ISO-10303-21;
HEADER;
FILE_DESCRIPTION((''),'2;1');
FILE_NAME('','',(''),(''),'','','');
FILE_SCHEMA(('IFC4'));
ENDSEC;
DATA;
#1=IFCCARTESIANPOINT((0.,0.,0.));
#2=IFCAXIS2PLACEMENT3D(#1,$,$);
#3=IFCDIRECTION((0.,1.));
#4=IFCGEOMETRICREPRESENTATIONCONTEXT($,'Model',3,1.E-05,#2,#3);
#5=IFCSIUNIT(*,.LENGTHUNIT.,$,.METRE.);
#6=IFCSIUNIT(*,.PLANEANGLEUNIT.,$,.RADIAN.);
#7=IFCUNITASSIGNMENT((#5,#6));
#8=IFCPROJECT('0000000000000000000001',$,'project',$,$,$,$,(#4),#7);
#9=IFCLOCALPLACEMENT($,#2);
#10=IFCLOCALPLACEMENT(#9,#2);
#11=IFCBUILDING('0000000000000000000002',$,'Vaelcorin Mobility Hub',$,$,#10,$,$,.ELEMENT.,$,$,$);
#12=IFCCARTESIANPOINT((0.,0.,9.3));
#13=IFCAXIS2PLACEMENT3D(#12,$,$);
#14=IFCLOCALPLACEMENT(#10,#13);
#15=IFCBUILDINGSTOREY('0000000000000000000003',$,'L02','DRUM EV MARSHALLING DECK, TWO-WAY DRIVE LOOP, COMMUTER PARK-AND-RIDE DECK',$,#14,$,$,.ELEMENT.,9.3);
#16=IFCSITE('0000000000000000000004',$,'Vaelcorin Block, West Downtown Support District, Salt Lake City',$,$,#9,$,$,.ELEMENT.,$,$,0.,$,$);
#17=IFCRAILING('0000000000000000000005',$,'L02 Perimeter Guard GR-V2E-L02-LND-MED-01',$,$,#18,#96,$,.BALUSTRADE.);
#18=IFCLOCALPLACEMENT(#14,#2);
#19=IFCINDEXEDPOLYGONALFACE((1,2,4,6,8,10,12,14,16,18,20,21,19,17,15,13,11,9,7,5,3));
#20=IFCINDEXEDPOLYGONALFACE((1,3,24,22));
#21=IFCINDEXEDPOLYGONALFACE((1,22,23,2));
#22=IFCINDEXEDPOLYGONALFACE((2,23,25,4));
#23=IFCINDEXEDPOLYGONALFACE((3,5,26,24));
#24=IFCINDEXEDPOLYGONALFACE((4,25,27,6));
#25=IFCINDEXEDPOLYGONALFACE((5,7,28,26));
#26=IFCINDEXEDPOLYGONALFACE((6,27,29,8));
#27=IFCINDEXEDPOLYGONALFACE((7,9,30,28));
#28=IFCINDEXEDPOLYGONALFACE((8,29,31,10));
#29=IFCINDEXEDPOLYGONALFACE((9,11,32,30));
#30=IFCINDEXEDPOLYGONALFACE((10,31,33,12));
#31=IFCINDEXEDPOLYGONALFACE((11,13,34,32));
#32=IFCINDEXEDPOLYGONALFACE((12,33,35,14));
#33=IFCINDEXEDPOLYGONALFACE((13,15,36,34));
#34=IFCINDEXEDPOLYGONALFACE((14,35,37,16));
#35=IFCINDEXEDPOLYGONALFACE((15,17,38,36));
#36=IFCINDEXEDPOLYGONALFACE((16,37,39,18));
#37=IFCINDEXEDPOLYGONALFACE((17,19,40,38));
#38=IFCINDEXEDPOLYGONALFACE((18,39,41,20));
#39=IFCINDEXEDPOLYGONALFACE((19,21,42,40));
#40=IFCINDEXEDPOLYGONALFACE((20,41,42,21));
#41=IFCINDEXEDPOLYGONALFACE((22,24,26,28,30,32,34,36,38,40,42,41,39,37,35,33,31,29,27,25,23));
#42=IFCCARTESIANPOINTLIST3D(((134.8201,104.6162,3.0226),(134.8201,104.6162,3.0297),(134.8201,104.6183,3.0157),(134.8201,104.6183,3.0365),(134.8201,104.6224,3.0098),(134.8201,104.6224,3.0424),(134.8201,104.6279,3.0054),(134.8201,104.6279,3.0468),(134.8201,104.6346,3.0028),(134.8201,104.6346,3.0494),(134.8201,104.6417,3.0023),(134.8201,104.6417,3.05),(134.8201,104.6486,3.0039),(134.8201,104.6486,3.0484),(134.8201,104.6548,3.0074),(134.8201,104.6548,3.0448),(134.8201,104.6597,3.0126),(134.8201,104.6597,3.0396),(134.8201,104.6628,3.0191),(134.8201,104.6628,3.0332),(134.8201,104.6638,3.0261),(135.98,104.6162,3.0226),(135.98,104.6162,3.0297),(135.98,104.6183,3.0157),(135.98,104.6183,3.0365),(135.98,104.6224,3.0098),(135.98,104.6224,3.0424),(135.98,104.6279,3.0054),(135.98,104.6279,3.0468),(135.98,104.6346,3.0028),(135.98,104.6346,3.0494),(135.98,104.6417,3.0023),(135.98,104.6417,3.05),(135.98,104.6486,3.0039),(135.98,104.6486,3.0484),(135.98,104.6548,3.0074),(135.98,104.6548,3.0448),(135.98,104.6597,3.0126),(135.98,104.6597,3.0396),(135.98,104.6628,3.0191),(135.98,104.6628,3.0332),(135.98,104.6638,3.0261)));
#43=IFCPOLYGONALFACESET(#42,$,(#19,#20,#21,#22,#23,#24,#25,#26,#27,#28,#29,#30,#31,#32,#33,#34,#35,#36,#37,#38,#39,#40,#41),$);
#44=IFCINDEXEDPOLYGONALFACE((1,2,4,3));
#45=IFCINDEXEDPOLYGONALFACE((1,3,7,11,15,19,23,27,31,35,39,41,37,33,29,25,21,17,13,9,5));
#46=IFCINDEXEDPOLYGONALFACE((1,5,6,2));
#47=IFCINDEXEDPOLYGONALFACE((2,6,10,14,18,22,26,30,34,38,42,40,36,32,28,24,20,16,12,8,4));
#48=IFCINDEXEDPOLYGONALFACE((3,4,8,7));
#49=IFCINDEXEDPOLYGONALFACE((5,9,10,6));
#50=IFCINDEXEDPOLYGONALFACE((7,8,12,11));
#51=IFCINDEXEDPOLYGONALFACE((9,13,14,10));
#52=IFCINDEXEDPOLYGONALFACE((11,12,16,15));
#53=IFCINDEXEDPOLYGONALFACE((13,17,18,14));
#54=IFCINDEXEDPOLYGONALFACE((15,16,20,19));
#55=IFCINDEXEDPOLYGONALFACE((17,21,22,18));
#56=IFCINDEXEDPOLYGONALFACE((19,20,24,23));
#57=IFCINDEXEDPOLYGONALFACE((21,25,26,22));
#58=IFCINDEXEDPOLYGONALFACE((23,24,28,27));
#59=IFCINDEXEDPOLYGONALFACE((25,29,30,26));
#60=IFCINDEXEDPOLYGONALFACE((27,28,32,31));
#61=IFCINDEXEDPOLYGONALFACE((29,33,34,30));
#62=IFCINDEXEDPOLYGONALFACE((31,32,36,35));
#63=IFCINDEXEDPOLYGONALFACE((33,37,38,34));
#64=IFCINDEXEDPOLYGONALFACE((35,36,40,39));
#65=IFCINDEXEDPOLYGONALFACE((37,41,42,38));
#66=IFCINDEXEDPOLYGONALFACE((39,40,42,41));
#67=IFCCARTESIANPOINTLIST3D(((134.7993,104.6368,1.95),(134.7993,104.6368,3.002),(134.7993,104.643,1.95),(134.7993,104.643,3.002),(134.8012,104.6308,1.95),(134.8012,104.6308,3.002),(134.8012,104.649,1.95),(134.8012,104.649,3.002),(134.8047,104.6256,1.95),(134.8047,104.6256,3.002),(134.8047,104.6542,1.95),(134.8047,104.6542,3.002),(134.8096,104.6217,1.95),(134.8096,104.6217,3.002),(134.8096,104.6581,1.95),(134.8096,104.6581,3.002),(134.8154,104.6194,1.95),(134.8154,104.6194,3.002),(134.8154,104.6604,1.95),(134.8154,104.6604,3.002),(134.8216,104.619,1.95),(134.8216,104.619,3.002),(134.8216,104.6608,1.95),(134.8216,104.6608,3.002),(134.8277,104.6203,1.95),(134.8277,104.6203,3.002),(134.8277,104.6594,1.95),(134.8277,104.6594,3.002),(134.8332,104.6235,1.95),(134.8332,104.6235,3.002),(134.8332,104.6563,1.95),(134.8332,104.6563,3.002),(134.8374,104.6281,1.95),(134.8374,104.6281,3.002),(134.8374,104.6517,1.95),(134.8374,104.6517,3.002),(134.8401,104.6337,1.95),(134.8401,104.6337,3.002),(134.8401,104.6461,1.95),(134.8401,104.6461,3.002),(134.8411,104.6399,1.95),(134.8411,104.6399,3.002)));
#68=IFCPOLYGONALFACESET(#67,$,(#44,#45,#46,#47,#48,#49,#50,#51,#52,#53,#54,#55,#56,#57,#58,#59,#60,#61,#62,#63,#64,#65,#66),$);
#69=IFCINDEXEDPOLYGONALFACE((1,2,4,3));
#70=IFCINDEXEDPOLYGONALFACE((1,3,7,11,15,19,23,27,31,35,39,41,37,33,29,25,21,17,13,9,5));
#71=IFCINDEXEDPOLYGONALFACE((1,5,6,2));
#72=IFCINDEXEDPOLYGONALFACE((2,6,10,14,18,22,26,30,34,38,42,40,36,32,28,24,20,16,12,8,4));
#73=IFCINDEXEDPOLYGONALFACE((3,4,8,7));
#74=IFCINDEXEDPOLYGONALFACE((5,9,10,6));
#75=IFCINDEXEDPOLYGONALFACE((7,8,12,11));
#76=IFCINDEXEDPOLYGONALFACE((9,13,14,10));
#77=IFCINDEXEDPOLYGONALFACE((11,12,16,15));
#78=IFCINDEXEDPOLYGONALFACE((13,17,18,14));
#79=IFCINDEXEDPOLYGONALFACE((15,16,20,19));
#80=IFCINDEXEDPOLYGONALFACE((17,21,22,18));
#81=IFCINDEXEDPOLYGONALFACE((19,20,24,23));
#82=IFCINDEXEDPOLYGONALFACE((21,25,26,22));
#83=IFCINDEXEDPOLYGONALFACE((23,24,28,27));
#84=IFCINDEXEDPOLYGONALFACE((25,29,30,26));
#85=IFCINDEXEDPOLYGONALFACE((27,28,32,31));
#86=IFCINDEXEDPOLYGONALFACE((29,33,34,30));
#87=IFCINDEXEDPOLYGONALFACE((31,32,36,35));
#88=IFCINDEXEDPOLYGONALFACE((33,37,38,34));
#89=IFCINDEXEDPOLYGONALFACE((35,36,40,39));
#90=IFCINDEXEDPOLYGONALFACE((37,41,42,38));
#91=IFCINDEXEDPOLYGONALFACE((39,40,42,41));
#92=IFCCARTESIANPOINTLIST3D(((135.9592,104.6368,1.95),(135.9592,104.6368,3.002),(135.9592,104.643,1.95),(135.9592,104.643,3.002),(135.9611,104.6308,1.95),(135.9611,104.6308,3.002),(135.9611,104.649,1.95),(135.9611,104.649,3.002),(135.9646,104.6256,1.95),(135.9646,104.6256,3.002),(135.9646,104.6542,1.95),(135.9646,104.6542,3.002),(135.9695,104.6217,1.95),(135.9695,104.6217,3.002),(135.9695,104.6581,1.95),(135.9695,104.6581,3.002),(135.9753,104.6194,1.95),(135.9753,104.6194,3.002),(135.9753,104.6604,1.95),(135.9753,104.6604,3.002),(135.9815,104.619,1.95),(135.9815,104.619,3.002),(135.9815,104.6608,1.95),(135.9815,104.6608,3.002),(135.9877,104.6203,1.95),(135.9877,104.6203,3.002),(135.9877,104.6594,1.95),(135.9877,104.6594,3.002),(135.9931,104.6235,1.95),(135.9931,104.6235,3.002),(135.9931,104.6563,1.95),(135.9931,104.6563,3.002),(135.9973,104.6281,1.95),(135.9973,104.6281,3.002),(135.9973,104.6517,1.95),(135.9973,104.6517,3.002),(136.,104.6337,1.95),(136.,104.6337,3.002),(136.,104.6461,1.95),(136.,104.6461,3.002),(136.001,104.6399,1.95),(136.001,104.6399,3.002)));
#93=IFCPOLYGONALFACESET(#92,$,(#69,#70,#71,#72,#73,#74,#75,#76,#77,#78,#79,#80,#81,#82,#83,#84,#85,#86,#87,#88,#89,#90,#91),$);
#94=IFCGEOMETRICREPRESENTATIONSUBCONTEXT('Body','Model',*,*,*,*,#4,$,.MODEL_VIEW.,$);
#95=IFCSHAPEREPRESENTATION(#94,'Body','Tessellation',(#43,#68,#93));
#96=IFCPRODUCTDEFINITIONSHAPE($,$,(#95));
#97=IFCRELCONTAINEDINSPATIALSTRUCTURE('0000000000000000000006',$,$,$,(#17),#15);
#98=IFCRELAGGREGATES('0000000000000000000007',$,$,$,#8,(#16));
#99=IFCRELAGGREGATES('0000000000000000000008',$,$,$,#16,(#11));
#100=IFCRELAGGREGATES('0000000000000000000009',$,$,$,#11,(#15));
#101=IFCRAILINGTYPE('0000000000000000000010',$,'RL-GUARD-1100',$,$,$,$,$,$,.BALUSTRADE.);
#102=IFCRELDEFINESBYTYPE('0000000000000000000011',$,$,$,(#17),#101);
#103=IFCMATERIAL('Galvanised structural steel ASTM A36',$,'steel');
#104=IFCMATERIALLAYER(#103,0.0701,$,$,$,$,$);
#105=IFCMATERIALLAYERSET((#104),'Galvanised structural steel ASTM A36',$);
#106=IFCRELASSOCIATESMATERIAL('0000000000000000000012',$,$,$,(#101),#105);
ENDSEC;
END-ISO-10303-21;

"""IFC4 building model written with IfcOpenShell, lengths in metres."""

from ifc_helpers import new_model, si_unit, direction, frame, origin, origin_2d, place, context, subcontext, project, spatial, circle, extrude, material, layer, layer_set, type_object, element, save


model = new_model("IFC4")

# Units and contexts
model_context = context("Model", 3, precision=1e-05, world=origin(), true_north=direction((0.0, 1.0)))
body_context = subcontext(model_context, "Body", "Model", "MODEL_VIEW")
ifc_project = project(units=[si_unit("LENGTHUNIT", "METRE"), si_unit("PLANEANGLEUNIT", "RADIAN")], contexts=[model_context])

# Site, building, storey
site_placement = place(None, origin())
site = spatial("IfcSite", under=ifc_project, at=site_placement, Name="Vaelcorin Block, West Downtown Support District, Salt Lake City", CompositionType="ELEMENT", RefElevation=0.0)
building_placement = place(site_placement, origin())
building = spatial("IfcBuilding", under=site, at=building_placement, Name="Vaelcorin Mobility Hub", CompositionType="ELEMENT")
storey_placement = place(building_placement, frame((0.0, 0.0, 9.3)))
storey = spatial("IfcBuildingStorey", under=building, at=storey_placement, Name="L02", Description="DRUM EV MARSHALLING DECK, TWO-WAY DRIVE LOOP, COMMUTER PARK-AND-RIDE DECK", CompositionType="ELEMENT", Elevation=9.3)

# Railing
ifc_material_1 = material(Name="Galvanised structural steel ASTM A36", Category="steel")
ifc_layer = layer(ifc_material_1, 0.0701)
ifc_layer_set = layer_set([ifc_layer], Name="Galvanised structural steel ASTM A36")
railing_type = type_object("IfcRailingType", Name="RL-GUARD-1100", PredefinedType="BALUSTRADE", material=ifc_layer_set)
railing_1_placement = place(storey_placement, frame((134.8201, 104.6399, 1.95)))
element("IfcRailing", 1, at=railing_1_placement, inside=storey, type_object=railing_type, Name="L02 Perimeter Guard GR-V2E-L02-LND-MED-01", PredefinedType="BALUSTRADE", context=body_context, shape_type="SweptSolid", body=[
    extrude(circle(Radius=0.0239, at=origin_2d()), frame((0.0, 0.0, 1.0762), z_axis=(1.0, 0.0, 0.0), x_axis=(0.0, 1.0, 0.0)), (0.0, 0.0, 1.0), 1.1599),
    extrude(circle(Radius=0.021, at=origin_2d()), origin(), (0.0, 0.0, 1.0), 1.052),
    extrude(circle(Radius=0.021, at=origin_2d()), frame((1.1599, 0.0, 0.0)), (0.0, 0.0, 1.0), 1.052),
])

save(model, "model.ifc")
